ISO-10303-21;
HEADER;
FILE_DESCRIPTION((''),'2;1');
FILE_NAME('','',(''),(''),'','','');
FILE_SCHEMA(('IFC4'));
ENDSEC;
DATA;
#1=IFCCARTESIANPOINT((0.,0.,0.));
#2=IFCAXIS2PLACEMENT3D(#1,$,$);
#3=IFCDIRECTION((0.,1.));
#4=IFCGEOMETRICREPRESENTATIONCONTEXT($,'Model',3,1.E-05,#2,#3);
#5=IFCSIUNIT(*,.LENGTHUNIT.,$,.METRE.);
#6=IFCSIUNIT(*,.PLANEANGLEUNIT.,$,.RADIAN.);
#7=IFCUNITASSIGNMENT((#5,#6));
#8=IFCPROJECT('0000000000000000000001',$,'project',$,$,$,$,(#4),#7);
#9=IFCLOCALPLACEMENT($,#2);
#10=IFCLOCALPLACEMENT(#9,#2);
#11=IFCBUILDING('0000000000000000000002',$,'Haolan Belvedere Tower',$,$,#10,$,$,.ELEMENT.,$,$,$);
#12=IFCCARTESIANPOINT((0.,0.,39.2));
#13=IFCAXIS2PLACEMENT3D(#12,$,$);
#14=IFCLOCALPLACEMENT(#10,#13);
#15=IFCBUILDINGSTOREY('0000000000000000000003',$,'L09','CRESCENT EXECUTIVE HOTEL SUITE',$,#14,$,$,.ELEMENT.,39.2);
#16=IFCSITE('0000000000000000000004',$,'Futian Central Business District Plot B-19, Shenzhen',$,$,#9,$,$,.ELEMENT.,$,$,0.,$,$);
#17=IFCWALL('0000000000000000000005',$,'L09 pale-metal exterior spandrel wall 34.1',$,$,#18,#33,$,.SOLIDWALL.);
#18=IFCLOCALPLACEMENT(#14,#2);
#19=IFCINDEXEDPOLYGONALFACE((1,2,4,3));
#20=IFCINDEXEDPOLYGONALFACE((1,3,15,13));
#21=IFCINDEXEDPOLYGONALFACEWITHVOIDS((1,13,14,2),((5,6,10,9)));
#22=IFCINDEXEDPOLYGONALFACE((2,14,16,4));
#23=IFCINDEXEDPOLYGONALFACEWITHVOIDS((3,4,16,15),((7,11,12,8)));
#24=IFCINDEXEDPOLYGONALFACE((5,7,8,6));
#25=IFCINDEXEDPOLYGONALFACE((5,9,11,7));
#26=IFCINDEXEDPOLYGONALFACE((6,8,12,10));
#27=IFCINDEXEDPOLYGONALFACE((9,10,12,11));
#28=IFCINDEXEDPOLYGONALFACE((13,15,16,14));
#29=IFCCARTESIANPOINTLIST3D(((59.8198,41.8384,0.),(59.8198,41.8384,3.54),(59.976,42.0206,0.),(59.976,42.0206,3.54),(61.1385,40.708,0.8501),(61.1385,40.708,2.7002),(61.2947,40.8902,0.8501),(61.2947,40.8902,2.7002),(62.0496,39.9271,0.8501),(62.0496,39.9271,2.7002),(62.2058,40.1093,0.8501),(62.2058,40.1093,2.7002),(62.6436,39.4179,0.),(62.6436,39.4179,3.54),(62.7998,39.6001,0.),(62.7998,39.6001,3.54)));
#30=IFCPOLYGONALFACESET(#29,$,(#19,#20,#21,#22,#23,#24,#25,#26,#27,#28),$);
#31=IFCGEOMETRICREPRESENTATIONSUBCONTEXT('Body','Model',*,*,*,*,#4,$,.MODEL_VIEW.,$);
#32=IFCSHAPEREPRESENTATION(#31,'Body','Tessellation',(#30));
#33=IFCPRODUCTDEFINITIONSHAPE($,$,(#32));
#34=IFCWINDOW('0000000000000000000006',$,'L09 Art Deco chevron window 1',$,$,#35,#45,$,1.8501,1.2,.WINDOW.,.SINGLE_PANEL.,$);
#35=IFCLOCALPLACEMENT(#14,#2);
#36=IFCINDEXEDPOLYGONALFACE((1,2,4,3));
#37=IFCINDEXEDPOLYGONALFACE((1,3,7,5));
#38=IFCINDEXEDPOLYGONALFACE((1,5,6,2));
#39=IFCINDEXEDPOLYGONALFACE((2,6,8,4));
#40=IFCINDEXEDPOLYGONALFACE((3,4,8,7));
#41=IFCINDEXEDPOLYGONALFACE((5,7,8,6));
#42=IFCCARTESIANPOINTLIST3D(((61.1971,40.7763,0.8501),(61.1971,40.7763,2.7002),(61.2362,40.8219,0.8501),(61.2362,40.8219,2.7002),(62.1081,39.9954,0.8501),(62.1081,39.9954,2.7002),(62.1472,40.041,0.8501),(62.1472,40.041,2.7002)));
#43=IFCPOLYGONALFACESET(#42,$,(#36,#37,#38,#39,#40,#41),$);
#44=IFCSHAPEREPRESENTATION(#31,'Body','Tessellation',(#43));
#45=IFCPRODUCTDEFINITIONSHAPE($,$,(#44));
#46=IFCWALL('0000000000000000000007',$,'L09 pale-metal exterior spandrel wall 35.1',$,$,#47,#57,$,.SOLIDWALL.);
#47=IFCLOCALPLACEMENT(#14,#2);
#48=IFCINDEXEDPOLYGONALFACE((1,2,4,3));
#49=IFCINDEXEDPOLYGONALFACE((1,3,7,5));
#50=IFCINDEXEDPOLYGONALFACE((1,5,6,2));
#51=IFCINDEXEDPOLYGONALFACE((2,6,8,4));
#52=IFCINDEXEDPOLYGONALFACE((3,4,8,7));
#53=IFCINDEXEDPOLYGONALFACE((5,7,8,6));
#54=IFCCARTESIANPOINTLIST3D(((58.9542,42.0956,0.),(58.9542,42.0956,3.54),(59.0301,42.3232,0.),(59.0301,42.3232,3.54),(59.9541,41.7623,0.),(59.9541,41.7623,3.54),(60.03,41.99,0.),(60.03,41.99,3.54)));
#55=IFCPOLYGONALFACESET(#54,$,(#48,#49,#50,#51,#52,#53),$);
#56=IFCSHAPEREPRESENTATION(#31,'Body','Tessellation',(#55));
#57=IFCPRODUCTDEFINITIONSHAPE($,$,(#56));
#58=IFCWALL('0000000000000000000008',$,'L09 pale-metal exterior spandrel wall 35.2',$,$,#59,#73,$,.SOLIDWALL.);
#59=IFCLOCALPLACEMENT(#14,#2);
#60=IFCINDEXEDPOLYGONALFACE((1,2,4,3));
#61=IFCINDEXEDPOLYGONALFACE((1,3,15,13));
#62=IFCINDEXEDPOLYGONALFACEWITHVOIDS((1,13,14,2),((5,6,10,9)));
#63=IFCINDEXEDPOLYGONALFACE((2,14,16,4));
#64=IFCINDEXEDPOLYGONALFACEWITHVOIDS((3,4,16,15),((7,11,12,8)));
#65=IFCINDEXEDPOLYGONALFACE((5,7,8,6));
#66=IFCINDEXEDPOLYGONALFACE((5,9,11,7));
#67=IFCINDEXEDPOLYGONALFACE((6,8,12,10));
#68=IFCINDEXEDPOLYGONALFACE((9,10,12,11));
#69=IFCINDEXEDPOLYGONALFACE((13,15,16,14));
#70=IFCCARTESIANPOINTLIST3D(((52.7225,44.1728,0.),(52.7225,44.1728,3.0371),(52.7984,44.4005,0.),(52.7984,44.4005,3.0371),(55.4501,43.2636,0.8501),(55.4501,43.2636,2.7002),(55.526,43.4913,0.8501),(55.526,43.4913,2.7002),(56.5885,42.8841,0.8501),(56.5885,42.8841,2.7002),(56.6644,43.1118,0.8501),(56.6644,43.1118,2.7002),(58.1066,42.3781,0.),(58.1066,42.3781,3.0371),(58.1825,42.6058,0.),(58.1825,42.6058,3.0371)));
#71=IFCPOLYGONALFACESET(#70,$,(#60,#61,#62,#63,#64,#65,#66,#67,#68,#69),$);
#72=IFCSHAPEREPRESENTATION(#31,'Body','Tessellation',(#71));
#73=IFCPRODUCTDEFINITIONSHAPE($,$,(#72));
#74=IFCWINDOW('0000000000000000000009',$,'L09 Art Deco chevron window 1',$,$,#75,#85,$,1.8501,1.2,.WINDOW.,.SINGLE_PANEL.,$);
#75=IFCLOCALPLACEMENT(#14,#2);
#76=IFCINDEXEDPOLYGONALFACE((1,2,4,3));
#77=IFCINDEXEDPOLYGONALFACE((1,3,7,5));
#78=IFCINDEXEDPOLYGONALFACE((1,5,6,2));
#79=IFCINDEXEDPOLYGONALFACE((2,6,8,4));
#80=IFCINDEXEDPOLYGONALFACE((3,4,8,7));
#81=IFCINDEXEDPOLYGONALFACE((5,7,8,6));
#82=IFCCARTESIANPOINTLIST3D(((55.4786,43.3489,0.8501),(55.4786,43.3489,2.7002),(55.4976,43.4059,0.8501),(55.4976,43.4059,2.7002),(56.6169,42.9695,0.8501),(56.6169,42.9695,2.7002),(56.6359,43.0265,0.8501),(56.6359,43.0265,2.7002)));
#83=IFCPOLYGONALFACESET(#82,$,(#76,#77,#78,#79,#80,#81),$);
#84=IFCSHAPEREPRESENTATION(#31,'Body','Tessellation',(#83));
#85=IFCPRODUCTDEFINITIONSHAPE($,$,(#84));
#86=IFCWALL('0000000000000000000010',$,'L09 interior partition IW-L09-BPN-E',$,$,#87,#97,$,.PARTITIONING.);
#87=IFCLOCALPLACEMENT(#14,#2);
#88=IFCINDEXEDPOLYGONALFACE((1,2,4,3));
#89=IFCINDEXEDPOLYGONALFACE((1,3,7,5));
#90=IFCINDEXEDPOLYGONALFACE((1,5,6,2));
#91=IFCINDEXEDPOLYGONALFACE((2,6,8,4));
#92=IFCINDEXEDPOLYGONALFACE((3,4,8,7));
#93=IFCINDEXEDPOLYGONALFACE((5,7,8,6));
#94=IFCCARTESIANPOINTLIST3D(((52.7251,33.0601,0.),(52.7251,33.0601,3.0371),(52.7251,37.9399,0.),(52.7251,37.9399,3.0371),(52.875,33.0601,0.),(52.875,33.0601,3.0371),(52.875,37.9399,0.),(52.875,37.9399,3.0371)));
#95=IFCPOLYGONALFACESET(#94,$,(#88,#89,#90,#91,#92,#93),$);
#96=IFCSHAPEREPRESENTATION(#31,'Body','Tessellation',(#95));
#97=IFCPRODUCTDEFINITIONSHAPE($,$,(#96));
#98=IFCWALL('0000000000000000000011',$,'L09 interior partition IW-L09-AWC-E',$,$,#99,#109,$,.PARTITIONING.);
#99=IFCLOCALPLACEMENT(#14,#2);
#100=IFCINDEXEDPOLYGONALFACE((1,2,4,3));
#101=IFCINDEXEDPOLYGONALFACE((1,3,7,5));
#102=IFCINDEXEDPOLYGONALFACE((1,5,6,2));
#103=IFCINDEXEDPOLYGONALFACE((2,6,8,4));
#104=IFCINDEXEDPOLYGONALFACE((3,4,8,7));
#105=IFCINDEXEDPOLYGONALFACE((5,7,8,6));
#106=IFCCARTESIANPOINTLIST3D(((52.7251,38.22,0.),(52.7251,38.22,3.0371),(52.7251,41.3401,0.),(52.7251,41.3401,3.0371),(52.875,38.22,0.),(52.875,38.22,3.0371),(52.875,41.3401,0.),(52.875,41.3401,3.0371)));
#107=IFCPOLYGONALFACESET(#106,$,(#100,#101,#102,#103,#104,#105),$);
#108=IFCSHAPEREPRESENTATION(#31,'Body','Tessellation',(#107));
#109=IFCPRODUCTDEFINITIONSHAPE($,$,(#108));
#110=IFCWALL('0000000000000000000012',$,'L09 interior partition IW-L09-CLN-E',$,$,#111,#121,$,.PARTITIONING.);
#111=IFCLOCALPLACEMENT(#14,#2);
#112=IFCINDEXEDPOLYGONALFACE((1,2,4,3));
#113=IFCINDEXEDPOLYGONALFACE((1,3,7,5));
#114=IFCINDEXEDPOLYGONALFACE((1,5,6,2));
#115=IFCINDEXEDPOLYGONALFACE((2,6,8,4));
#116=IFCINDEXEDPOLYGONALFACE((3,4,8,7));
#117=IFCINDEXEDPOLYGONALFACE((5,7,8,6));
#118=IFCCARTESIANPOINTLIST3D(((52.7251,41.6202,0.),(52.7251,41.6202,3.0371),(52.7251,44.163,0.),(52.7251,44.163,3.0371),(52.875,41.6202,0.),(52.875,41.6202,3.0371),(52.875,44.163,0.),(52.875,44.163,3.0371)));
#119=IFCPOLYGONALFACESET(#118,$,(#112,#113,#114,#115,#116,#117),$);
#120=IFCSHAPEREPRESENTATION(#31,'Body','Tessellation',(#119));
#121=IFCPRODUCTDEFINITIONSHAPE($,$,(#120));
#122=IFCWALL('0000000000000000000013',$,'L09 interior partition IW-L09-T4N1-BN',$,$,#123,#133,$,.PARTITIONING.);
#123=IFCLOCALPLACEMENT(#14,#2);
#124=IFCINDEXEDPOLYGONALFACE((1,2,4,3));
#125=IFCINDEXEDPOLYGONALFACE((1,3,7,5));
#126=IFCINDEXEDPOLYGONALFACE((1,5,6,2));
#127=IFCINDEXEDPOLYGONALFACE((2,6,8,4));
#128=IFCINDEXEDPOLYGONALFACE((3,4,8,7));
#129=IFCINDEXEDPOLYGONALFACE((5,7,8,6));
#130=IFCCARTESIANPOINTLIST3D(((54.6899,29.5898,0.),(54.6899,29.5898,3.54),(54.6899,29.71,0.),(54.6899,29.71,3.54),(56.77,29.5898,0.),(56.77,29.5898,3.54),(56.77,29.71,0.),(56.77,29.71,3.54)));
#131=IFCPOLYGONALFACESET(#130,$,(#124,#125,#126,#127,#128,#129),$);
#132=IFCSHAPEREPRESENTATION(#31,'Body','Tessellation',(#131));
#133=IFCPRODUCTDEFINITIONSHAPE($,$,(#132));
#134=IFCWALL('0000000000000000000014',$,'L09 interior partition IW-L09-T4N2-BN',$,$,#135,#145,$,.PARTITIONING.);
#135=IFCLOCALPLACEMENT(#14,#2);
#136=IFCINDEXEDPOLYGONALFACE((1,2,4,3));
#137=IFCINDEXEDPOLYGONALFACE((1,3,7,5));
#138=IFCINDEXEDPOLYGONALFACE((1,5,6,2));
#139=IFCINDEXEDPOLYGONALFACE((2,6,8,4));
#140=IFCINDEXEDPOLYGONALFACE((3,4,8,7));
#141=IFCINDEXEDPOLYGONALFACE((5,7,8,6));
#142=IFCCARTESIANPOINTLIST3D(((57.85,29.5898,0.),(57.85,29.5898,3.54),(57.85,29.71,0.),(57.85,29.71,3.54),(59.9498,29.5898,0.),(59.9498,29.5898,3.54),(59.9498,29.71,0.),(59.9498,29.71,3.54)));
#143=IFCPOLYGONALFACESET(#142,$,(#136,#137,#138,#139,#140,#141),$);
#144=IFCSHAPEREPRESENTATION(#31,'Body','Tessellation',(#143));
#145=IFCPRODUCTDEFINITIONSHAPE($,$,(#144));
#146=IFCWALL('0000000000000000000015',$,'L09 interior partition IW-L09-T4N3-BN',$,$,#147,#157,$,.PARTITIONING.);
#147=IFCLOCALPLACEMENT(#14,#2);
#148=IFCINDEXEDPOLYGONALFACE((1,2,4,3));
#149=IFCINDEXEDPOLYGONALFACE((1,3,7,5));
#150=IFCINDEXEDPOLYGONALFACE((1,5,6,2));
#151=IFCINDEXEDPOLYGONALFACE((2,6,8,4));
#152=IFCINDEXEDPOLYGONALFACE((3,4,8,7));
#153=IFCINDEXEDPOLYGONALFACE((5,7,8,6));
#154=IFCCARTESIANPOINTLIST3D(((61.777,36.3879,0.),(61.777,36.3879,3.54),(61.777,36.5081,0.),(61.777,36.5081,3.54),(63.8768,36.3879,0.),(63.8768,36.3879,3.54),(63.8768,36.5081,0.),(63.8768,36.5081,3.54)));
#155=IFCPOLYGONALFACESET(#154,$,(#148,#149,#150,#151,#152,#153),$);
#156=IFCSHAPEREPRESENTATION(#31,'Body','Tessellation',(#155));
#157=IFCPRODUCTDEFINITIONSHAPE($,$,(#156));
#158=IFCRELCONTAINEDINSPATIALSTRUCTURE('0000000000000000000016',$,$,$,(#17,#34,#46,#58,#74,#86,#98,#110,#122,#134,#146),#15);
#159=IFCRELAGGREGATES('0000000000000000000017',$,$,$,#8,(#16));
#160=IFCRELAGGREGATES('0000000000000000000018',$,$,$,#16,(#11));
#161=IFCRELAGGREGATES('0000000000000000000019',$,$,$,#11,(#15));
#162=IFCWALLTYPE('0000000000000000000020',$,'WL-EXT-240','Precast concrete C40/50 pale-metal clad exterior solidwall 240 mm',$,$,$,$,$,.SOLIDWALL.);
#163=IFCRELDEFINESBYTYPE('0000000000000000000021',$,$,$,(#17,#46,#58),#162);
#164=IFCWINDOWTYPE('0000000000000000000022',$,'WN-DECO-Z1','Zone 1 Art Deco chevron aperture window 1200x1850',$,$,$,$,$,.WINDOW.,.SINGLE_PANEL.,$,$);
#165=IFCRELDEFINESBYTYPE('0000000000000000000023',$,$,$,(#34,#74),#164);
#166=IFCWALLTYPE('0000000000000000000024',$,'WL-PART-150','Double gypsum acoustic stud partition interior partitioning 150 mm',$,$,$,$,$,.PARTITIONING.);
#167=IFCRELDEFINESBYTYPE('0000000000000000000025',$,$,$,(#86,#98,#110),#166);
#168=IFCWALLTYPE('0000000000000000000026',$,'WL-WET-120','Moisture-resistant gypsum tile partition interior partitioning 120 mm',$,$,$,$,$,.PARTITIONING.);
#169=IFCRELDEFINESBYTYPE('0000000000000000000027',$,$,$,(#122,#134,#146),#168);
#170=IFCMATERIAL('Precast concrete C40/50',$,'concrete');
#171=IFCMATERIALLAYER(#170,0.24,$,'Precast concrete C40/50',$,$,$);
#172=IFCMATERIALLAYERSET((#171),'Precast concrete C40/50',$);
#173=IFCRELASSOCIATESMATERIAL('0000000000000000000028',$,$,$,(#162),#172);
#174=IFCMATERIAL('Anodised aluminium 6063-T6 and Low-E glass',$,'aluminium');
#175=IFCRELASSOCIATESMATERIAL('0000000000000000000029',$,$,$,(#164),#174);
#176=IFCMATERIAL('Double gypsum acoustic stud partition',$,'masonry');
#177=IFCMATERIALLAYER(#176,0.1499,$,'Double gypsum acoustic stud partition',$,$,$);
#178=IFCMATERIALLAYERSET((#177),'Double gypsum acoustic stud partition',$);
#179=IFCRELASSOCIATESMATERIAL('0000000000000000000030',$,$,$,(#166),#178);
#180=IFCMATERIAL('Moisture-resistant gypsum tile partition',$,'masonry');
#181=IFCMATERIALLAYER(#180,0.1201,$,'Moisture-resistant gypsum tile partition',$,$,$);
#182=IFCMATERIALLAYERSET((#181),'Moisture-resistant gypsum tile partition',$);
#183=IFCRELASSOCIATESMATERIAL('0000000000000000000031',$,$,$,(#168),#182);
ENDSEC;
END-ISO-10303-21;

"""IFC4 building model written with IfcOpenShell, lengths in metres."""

from ifc_helpers import new_model, si_unit, direction, frame, frame_2d, origin, place, context, subcontext, project, spatial, rectangle, extrude, material, layer, layer_set, type_object, element, fill, save


model = new_model("IFC4")

# Units and contexts
model_context = context("Model", 3, precision=1e-05, world=origin(), true_north=direction((0.0, 1.0)))
body_context = subcontext(model_context, "Body", "Model", "MODEL_VIEW")
ifc_project = project(units=[si_unit("LENGTHUNIT", "METRE"), si_unit("PLANEANGLEUNIT", "RADIAN")], contexts=[model_context])

# Site, building, storey
site_placement = place(None, origin())
site = spatial("IfcSite", under=ifc_project, at=site_placement, Name="Futian Central Business District Plot B-19, Shenzhen", CompositionType="ELEMENT", RefElevation=0.0)
building_placement = place(site_placement, origin())
building = spatial("IfcBuilding", under=site, at=building_placement, Name="Haolan Belvedere Tower", CompositionType="ELEMENT")
storey_placement = place(building_placement, frame((0.0, 0.0, 39.2)))
storey = spatial("IfcBuildingStorey", under=building, at=storey_placement, Name="L09", Description="CRESCENT EXECUTIVE HOTEL SUITE", CompositionType="ELEMENT", Elevation=39.2)

# Shared definitions
ifc_material_1 = material(Name="Precast concrete C40/50", Category="concrete")
ifc_layer_1 = layer(ifc_material_1, 0.24, Name="Precast concrete C40/50")
ifc_layer_set_1 = layer_set([ifc_layer_1], Name="Precast concrete C40/50")
wall_type_1 = type_object("IfcWallType", Name="WL-EXT-240", Description="Precast concrete C40/50 pale-metal clad exterior solidwall 240 mm", PredefinedType="SOLIDWALL", material=ifc_layer_set_1)
ifc_material_2 = material(Name="Anodised aluminium 6063-T6 and Low-E glass", Category="aluminium")
window_type = type_object("IfcWindowType", Name="WN-DECO-Z1", Description="Zone 1 Art Deco chevron aperture window 1200x1850", PartitioningType="SINGLE_PANEL", PredefinedType="WINDOW", material=ifc_material_2)

# Wall, opening, window
wall_1_placement = place(storey_placement, frame((62.7217, 39.509, 0.0), z_axis=(0.0, 0.0, 1.0), x_axis=(-0.759247, 0.650802, 0.0)))
wall_1 = element("IfcWall", 1, at=wall_1_placement, inside=storey, type_object=wall_type_1, Name="L09 pale-metal exterior spandrel wall 34.1", PredefinedType="SOLIDWALL", context=body_context, shape_type="SweptSolid", body=[
    extrude(rectangle(XDim=3.7192, YDim=0.24, at=frame_2d((1.8596, 0.0))), origin(), (0.0, 0.0, 1.0), 3.54),
])
opening_1_placement = place(wall_1_placement, frame((0.7822, 0.0, 0.8501)))
opening_1 = element("IfcOpeningElement", 2, at=opening_1_placement, cuts=wall_1, PredefinedType="OPENING", context=body_context, shape_type="SweptSolid", body=[
    extrude(rectangle(XDim=1.2, YDim=1.8501, at=frame_2d((0.6001, 0.925))), frame((0.0, 0.1299, 0.0), z_axis=(0.0, -1.0, 0.0), x_axis=(1.0, 0.0, 0.0)), (0.0, 0.0, 1.0), 0.26),
])
window_1_placement = place(opening_1_placement, origin())
window_1 = element("IfcWindow", 3, at=window_1_placement, inside=storey, type_object=window_type, Name="L09 Art Deco chevron window 1", OverallHeight=1.8501, OverallWidth=1.2, PartitioningType="SINGLE_PANEL", PredefinedType="WINDOW", context=body_context, shape_type="SweptSolid", body=[
    extrude(rectangle(XDim=1.2, YDim=1.8501, at=frame_2d((0.6001, 0.925))), frame((0.0, 0.03, 0.0), z_axis=(0.0, -1.0, 0.0), x_axis=(1.0, 0.0, 0.0)), (0.0, 0.0, 1.0), 0.0601),
])
fill(opening_1, window_1)

# Wall
wall_2_placement = place(storey_placement, frame((59.9919, 41.8762, 0.0), z_axis=(0.0, 0.0, 1.0), x_axis=(-0.948706, 0.316158, 0.0)))
element("IfcWall", 4, at=wall_2_placement, inside=storey, type_object=wall_type_1, Name="L09 pale-metal exterior spandrel wall 35.1", PredefinedType="SOLIDWALL", context=body_context, shape_type="SweptSolid", body=[
    extrude(rectangle(XDim=1.054, YDim=0.24, at=frame_2d((0.5269, 0.0))), origin(), (0.0, 0.0, 1.0), 3.54),
])

# Wall, opening, window
wall_3_placement = place(storey_placement, frame((58.1445, 42.4919, 0.0), z_axis=(0.0, 0.0, 1.0), x_axis=(-0.948683, 0.316228, 0.0)))
wall_3 = element("IfcWall", 5, at=wall_3_placement, inside=storey, type_object=wall_type_1, Name="L09 pale-metal exterior spandrel wall 35.2", PredefinedType="SOLIDWALL", context=body_context, shape_type="SweptSolid", body=[
    extrude(rectangle(XDim=5.6753, YDim=0.24, at=frame_2d((2.8376, 0.0))), origin(), (0.0, 0.0, 1.0), 3.0371),
])
opening_2_placement = place(wall_3_placement, frame((1.6001, 0.0, 0.8501)))
opening_2 = element("IfcOpeningElement", 6, at=opening_2_placement, cuts=wall_3, PredefinedType="OPENING", context=body_context, shape_type="SweptSolid", body=[
    extrude(rectangle(XDim=1.2, YDim=1.8501, at=frame_2d((0.6001, 0.925))), frame((0.0, 0.1299, 0.0), z_axis=(0.0, -1.0, 0.0), x_axis=(1.0, 0.0, 0.0)), (0.0, 0.0, 1.0), 0.26),
])
window_2_placement = place(opening_2_placement, origin())
window_2 = element("IfcWindow", 7, at=window_2_placement, inside=storey, type_object=window_type, Name="L09 Art Deco chevron window 1", OverallHeight=1.8501, OverallWidth=1.2, PartitioningType="SINGLE_PANEL", PredefinedType="WINDOW", context=body_context, shape_type="SweptSolid", body=[
    extrude(rectangle(XDim=1.2, YDim=1.8501, at=frame_2d((0.6001, 0.925))), frame((0.0, 0.03, 0.0), z_axis=(0.0, -1.0, 0.0), x_axis=(1.0, 0.0, 0.0)), (0.0, 0.0, 1.0), 0.0601),
])
fill(opening_2, window_2)

# Walls
ifc_material_3 = material(Name="Double gypsum acoustic stud partition", Category="masonry")
ifc_layer_2 = layer(ifc_material_3, 0.1499, Name="Double gypsum acoustic stud partition")
ifc_layer_set_2 = layer_set([ifc_layer_2], Name="Double gypsum acoustic stud partition")
wall_type_2 = type_object("IfcWallType", Name="WL-PART-150", Description="Double gypsum acoustic stud partition interior partitioning 150 mm", PredefinedType="PARTITIONING", material=ifc_layer_set_2)
wall_4_placement = place(storey_placement, frame((52.8, 33.0601, 0.0), z_axis=(0.0, 0.0, 1.0), x_axis=(0.0, 1.0, 0.0)))
element("IfcWall", 8, at=wall_4_placement, inside=storey, type_object=wall_type_2, Name="L09 interior partition IW-L09-BPN-E", PredefinedType="PARTITIONING", context=body_context, shape_type="SweptSolid", body=[
    extrude(rectangle(XDim=4.8799, YDim=0.1499, at=frame_2d((2.4399, 0.0))), origin(), (0.0, 0.0, 1.0), 3.0371),
])
wall_5_placement = place(storey_placement, frame((52.8, 38.22, 0.0), z_axis=(0.0, 0.0, 1.0), x_axis=(0.0, 1.0, 0.0)))
element("IfcWall", 9, at=wall_5_placement, inside=storey, type_object=wall_type_2, Name="L09 interior partition IW-L09-AWC-E", PredefinedType="PARTITIONING", context=body_context, shape_type="SweptSolid", body=[
    extrude(rectangle(XDim=3.1201, YDim=0.1499, at=frame_2d((1.5601, 0.0))), origin(), (0.0, 0.0, 1.0), 3.0371),
])
wall_6_placement = place(storey_placement, frame((52.8, 41.6201, 0.0), z_axis=(0.0, 0.0, 1.0), x_axis=(0.0, 1.0, 0.0)))
element("IfcWall", 10, at=wall_6_placement, inside=storey, type_object=wall_type_2, Name="L09 interior partition IW-L09-CLN-E", PredefinedType="PARTITIONING", context=body_context, shape_type="SweptSolid", body=[
    extrude(rectangle(XDim=2.5427, YDim=0.1499, at=frame_2d((1.2715, 0.0))), origin(), (0.0, 0.0, 1.0), 3.0371),
])
ifc_material_4 = material(Name="Moisture-resistant gypsum tile partition", Category="masonry")
ifc_layer_3 = layer(ifc_material_4, 0.1201, Name="Moisture-resistant gypsum tile partition")
ifc_layer_set_3 = layer_set([ifc_layer_3], Name="Moisture-resistant gypsum tile partition")
wall_type_3 = type_object("IfcWallType", Name="WL-WET-120", Description="Moisture-resistant gypsum tile partition interior partitioning 120 mm", PredefinedType="PARTITIONING", material=ifc_layer_set_3)
wall_7_placement = place(storey_placement, frame((54.6899, 29.6499, 0.0), z_axis=(0.0, 0.0, 1.0), x_axis=(1.0, 0.0, 0.0)))
element("IfcWall", 11, at=wall_7_placement, inside=storey, type_object=wall_type_3, Name="L09 interior partition IW-L09-T4N1-BN", PredefinedType="PARTITIONING", context=body_context, shape_type="SweptSolid", body=[
    extrude(rectangle(XDim=2.0801, YDim=0.1201, at=frame_2d((1.04, 0.0))), origin(), (0.0, 0.0, 1.0), 3.54),
])
for number, where, z_axis, x_axis, name in (
    (12, (57.8501, 29.6499, 0.0), (0.0, 0.0, 1.0), (1.0, 0.0, 0.0), "L09 interior partition IW-L09-T4N2-BN"),
    (13, (61.7771, 36.448, 0.0), (0.0, 0.0, 1.0), (1.0, 0.0, 0.0), "L09 interior partition IW-L09-T4N3-BN"),
):
    element("IfcWall", number, at=place(storey_placement, frame(where, z_axis=z_axis, x_axis=x_axis)), inside=storey, type_object=wall_type_3, Name=name, PredefinedType="PARTITIONING", context=body_context, shape_type="SweptSolid", body=[
        extrude(rectangle(XDim=2.0999, YDim=0.1201, at=frame_2d((1.0498, 0.0))), origin(), (0.0, 0.0, 1.0), 3.54),
    ])

save(model, "model.ifc")
